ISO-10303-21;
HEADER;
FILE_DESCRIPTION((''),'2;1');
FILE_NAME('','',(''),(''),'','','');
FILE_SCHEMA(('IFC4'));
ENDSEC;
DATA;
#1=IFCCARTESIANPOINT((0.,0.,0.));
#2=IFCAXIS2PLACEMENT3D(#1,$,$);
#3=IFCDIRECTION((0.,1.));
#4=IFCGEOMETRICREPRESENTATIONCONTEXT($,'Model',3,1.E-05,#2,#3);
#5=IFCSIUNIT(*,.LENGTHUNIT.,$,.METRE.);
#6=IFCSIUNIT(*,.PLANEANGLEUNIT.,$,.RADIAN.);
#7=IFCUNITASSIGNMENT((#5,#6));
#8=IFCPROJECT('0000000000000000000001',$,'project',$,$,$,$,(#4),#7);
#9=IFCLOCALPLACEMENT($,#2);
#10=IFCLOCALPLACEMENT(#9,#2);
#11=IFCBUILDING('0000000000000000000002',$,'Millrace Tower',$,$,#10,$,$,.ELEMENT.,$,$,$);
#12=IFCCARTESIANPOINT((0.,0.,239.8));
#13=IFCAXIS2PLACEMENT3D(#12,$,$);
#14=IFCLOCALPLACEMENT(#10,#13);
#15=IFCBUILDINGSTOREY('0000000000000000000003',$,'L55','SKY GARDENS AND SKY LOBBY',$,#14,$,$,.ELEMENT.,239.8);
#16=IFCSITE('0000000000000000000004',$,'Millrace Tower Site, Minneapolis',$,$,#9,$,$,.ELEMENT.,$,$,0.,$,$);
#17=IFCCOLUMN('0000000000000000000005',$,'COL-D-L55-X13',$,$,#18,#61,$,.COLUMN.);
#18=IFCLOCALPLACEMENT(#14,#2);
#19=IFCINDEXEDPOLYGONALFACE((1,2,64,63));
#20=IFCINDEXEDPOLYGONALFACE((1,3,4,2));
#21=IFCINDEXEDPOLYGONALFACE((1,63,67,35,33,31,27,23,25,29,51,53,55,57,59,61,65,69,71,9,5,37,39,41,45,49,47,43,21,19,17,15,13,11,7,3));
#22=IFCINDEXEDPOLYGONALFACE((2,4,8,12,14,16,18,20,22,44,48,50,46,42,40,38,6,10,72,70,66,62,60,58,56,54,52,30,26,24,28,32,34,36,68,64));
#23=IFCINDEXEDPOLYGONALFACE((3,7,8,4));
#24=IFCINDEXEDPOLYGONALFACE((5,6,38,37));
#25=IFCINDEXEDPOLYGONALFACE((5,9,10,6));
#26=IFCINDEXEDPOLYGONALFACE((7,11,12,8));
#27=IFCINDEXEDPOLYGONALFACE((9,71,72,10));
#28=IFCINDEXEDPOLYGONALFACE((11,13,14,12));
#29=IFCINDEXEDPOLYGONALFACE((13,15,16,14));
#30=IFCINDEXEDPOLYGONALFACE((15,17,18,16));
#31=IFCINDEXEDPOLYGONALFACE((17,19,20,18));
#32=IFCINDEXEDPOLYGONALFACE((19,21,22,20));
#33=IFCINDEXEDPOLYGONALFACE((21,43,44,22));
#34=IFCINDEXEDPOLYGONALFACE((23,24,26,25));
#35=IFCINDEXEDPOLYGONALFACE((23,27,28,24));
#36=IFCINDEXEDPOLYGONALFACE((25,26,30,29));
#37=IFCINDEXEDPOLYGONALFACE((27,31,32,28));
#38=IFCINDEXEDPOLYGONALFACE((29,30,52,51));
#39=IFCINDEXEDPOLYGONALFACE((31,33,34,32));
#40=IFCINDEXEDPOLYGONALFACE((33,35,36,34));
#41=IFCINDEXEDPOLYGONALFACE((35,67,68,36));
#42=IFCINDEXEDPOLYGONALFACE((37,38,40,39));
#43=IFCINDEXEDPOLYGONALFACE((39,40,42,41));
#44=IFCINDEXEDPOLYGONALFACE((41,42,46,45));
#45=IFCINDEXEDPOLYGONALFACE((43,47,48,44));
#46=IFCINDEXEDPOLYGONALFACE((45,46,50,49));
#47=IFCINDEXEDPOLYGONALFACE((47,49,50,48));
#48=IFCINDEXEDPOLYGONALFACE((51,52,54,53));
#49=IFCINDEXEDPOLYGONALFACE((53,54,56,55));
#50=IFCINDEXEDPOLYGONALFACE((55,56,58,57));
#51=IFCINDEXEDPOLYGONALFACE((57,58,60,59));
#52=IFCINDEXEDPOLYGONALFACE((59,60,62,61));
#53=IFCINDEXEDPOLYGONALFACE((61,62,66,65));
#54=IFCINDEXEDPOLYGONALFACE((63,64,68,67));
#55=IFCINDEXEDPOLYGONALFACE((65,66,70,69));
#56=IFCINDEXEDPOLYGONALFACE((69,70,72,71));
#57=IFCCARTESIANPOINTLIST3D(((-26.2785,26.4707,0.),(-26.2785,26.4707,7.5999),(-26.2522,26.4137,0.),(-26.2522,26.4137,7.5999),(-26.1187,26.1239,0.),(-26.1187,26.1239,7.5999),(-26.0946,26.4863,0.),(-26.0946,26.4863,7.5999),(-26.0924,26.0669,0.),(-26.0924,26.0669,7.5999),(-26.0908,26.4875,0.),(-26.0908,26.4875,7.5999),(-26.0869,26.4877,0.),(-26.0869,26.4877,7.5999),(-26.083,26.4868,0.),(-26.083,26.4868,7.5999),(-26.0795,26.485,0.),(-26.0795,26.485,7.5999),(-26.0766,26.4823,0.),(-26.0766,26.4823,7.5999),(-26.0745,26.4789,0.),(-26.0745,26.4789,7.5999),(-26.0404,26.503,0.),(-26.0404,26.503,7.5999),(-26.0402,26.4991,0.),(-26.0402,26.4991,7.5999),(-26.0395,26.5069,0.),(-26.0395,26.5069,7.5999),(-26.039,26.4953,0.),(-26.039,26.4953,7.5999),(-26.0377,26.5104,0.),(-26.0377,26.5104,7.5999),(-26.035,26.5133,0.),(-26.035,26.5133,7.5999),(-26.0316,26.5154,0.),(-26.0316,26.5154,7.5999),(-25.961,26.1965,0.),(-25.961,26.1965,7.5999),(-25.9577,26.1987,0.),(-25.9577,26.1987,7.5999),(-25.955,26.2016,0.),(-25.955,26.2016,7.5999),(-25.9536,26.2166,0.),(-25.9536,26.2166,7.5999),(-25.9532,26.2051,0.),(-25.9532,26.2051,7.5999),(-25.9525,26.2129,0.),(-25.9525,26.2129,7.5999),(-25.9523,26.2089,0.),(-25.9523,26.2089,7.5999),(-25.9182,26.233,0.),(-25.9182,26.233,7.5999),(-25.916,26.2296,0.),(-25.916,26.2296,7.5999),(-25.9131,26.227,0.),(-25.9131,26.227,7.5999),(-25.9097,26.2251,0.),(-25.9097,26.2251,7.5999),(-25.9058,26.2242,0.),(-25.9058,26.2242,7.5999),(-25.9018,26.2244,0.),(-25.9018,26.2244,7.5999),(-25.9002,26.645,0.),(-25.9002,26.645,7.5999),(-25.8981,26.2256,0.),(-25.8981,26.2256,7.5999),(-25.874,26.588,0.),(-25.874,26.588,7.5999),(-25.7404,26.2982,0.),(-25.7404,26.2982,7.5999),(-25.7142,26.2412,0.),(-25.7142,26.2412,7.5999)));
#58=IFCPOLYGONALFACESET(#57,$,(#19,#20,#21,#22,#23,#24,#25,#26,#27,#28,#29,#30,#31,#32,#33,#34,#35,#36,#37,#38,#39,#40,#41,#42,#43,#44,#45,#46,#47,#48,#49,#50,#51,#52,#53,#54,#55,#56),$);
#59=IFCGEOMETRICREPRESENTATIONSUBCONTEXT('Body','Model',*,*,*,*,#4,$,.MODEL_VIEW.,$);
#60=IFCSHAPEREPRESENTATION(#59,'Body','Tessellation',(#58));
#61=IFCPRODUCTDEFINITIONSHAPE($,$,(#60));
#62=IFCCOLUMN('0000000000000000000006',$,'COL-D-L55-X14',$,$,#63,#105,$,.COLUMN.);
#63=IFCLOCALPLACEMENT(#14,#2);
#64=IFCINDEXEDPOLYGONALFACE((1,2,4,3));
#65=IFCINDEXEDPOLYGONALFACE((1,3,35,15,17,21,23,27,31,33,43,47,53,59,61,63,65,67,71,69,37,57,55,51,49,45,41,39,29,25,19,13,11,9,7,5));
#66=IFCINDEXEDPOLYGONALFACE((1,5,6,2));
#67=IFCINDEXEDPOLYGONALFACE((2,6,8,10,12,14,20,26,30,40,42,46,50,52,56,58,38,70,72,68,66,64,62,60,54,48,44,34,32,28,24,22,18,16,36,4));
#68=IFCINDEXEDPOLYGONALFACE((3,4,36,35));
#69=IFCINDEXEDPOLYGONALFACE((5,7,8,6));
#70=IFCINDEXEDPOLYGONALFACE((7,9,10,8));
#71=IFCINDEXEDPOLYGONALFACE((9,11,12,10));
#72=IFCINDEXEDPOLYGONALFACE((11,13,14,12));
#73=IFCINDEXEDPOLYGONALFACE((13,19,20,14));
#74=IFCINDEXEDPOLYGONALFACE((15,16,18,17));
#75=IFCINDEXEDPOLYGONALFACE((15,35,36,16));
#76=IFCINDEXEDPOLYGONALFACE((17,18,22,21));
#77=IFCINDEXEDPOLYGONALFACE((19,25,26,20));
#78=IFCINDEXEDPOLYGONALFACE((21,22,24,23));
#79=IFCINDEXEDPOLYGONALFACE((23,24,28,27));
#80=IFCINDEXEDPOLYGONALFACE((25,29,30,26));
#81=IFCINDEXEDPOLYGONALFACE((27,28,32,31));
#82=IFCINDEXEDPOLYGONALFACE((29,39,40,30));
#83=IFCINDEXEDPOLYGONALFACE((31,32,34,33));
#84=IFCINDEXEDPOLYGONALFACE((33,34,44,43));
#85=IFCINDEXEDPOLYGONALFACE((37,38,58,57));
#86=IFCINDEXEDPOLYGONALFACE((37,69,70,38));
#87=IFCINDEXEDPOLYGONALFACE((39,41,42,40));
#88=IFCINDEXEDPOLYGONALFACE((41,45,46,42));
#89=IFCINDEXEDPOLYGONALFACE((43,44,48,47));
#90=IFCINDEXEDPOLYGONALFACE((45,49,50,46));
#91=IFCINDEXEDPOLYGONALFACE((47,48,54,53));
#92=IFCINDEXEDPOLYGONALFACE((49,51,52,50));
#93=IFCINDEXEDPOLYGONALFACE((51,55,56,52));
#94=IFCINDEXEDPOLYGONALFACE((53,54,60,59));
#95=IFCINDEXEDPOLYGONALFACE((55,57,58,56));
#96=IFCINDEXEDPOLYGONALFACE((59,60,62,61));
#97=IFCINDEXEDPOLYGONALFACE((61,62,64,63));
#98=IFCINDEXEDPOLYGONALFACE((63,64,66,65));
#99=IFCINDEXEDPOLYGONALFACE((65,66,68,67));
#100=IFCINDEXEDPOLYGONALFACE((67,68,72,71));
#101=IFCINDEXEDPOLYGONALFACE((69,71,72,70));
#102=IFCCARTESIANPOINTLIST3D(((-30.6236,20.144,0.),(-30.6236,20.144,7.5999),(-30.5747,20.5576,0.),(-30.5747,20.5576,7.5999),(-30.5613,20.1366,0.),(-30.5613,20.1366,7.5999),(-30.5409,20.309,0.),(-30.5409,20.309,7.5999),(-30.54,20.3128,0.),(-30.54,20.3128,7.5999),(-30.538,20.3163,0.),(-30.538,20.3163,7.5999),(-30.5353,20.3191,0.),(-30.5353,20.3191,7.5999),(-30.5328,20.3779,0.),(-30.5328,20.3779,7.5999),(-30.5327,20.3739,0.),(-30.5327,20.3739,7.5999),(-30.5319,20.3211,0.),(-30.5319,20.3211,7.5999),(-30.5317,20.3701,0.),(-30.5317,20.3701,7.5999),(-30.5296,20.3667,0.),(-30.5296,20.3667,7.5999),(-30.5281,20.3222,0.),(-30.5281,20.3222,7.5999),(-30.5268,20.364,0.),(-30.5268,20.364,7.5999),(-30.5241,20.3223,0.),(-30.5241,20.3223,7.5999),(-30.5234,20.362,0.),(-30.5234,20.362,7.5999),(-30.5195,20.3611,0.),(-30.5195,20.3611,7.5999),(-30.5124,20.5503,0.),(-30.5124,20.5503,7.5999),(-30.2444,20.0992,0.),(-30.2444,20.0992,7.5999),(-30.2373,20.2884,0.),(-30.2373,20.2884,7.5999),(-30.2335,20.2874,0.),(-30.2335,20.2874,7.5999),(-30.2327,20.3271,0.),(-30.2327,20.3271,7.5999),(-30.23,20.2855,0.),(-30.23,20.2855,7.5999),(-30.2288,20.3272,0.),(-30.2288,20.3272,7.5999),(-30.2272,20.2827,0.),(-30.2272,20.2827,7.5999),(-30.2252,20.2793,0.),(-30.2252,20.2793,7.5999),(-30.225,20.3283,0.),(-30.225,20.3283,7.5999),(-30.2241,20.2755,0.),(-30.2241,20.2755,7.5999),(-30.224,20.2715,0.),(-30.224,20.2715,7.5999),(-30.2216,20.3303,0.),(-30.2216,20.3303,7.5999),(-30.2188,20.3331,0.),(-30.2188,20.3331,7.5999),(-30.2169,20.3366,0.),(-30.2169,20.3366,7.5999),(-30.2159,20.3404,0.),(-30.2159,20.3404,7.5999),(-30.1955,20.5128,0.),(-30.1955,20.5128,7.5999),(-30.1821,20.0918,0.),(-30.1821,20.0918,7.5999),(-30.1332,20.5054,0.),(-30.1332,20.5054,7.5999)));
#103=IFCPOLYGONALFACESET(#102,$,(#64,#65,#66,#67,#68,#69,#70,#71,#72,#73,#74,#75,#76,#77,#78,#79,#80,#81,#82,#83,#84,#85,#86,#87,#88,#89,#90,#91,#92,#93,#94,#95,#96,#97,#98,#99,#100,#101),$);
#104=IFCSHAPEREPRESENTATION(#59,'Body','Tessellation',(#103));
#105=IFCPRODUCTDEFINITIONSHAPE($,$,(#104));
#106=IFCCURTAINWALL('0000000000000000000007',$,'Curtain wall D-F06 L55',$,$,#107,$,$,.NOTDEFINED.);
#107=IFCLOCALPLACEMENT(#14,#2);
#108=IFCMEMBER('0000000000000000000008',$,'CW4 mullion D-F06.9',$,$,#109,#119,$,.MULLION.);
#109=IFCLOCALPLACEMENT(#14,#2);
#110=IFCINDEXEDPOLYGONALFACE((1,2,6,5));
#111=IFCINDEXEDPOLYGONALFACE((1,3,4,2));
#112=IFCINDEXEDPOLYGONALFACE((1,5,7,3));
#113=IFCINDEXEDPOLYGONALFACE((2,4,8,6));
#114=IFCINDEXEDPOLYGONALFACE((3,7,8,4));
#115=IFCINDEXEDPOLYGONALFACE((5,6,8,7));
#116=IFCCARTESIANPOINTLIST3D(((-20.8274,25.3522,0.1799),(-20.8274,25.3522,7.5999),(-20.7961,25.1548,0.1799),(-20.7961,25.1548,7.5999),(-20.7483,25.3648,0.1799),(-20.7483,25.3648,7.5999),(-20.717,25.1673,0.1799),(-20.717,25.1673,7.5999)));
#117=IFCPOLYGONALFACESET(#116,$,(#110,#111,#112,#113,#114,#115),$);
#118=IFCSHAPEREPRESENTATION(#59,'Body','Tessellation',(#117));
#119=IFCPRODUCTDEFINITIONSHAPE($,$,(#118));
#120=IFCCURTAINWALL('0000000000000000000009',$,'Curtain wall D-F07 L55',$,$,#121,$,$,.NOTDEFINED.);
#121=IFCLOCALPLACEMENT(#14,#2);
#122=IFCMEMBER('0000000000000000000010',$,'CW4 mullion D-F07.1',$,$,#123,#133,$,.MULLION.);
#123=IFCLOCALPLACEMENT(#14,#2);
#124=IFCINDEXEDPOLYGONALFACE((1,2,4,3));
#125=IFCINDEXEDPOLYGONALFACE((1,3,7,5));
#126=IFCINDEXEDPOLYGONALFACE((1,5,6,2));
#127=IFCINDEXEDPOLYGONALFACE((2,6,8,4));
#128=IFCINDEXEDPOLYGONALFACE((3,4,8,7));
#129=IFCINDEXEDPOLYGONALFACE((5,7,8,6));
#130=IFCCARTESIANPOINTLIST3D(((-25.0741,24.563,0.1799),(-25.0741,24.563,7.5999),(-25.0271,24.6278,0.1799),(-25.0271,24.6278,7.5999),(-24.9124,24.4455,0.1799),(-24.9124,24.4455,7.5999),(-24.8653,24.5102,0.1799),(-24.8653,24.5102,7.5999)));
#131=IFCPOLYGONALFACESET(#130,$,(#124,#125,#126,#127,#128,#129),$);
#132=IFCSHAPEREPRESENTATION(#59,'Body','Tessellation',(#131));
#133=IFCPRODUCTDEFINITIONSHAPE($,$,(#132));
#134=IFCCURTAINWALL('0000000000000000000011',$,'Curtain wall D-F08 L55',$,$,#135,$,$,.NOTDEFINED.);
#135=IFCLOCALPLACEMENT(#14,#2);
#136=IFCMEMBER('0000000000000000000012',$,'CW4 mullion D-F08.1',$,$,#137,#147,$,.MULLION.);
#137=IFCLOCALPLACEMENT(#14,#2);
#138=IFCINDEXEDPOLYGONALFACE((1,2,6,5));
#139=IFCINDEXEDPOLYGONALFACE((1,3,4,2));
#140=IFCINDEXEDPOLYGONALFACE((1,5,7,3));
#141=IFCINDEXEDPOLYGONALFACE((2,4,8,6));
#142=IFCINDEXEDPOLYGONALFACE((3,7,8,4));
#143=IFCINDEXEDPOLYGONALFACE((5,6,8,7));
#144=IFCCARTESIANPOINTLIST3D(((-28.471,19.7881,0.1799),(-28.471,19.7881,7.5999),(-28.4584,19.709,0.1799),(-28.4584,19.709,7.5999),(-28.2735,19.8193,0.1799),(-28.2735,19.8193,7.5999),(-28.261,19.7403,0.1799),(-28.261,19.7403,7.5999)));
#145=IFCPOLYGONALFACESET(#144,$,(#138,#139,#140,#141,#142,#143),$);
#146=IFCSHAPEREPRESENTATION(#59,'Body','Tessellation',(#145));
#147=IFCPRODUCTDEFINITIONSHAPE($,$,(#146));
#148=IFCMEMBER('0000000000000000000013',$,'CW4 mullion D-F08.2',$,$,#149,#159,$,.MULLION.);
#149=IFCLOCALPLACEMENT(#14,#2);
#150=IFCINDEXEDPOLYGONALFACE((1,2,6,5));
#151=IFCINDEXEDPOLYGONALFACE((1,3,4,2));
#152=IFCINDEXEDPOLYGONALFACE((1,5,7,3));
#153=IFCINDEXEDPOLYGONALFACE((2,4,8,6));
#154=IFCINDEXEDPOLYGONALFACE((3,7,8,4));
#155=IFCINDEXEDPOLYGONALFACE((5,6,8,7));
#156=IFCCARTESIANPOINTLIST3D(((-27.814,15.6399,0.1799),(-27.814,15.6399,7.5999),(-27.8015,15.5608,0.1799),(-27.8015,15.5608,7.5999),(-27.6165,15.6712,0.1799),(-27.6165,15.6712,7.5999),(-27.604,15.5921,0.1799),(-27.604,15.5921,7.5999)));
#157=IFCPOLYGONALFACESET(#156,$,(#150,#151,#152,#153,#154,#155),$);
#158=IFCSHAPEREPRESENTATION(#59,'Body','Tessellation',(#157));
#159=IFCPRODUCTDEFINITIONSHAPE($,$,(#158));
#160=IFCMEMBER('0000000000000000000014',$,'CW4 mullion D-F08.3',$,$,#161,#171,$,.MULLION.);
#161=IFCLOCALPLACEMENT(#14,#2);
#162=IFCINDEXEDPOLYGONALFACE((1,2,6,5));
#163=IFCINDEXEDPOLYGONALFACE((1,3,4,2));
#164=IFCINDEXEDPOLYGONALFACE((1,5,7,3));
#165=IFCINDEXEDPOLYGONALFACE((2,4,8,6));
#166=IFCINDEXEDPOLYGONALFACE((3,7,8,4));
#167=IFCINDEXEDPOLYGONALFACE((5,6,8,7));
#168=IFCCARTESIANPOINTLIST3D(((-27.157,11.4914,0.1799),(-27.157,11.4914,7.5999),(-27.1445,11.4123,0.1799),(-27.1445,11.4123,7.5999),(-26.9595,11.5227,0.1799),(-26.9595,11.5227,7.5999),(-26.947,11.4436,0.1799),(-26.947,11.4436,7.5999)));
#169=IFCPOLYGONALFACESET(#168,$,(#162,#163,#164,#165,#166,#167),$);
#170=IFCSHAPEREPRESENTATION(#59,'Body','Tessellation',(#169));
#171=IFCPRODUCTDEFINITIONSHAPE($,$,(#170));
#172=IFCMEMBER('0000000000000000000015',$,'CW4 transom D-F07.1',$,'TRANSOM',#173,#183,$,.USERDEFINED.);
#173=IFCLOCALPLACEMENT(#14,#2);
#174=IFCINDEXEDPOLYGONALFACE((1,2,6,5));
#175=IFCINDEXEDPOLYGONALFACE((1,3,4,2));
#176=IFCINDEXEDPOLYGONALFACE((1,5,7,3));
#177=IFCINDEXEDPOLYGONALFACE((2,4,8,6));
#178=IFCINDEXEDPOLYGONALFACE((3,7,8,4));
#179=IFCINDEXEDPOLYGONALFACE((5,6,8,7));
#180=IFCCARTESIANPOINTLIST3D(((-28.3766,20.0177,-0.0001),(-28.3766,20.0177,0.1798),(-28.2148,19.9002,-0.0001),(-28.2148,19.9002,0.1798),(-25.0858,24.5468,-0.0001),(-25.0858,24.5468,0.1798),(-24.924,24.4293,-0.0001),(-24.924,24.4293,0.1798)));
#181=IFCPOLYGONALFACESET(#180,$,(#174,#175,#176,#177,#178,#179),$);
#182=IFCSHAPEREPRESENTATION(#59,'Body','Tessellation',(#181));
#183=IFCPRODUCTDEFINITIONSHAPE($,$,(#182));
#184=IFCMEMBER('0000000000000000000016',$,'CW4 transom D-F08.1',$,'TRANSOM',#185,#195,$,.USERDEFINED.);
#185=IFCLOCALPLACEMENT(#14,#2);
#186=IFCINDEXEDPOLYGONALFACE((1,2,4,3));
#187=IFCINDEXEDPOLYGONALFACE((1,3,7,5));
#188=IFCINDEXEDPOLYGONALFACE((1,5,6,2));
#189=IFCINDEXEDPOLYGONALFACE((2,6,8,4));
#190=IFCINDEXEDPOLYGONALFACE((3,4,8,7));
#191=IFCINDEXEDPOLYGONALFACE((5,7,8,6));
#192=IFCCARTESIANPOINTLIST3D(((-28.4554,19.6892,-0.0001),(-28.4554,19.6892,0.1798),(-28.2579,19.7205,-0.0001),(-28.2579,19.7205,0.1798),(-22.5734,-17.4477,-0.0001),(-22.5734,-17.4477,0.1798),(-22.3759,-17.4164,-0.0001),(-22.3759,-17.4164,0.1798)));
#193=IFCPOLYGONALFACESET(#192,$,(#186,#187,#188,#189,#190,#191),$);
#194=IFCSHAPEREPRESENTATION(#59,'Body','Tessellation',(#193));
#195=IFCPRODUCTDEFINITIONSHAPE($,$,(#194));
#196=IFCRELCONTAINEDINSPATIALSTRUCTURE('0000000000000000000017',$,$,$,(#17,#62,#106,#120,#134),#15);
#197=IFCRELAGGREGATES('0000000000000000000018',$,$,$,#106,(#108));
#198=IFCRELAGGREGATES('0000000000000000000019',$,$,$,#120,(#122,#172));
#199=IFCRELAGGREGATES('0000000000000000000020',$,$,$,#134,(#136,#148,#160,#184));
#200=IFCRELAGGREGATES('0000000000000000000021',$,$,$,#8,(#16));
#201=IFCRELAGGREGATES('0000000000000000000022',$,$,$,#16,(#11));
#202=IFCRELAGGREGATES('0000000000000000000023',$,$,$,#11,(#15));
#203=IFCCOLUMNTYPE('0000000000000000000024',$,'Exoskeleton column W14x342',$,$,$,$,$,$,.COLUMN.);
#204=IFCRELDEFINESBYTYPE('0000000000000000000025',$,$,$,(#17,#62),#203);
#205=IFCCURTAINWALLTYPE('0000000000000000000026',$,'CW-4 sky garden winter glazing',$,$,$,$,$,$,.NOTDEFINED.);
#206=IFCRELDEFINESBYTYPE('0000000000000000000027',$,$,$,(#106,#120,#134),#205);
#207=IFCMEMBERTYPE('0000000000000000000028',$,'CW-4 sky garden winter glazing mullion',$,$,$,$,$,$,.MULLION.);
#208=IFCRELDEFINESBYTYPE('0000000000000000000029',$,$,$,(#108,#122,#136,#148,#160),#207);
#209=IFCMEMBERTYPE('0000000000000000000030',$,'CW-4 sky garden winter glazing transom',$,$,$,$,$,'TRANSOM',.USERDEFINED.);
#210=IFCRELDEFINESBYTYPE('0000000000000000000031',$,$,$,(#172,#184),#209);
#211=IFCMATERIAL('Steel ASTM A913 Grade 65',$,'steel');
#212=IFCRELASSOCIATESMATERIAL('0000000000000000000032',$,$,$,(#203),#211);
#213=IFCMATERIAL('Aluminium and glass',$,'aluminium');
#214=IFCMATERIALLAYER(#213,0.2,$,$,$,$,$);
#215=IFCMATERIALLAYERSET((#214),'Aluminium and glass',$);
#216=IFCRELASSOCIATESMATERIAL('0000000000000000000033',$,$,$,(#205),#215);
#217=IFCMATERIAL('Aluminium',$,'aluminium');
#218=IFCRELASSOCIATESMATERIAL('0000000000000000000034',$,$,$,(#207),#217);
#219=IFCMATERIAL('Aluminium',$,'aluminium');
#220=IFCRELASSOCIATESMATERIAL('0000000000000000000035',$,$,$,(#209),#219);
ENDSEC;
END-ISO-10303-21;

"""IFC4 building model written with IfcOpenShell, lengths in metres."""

from ifc_helpers import new_model, si_unit, direction, frame, origin, origin_2d, place, context, subcontext, project, spatial, rectangle, i_section, extrude, material, layer, layer_set, material_profile, profile_set, type_object, element, aggregate, save


model = new_model("IFC4")

# Units and contexts
model_context = context("Model", 3, precision=1e-05, world=origin(), true_north=direction((0.0, 1.0)))
body_context = subcontext(model_context, "Body", "Model", "MODEL_VIEW")
ifc_project = project(units=[si_unit("LENGTHUNIT", "METRE"), si_unit("PLANEANGLEUNIT", "RADIAN")], contexts=[model_context])

# Site, building, storey
site_placement = place(None, origin())
site = spatial("IfcSite", under=ifc_project, at=site_placement, Name="Millrace Tower Site, Minneapolis", CompositionType="ELEMENT", RefElevation=0.0)
building_placement = place(site_placement, origin())
building = spatial("IfcBuilding", under=site, at=building_placement, Name="Millrace Tower", CompositionType="ELEMENT")
storey_placement = place(building_placement, frame((0.0, 0.0, 239.8)))
storey = spatial("IfcBuildingStorey", under=building, at=storey_placement, Name="L55", Description="SKY GARDENS AND SKY LOBBY", CompositionType="ELEMENT", Elevation=239.8)

# Columns
ifc_material_1 = material(Name="Steel ASTM A913 Grade 65", Category="steel")
ifc_material_profile_1 = material_profile(ifc_material_1, i_section(OverallWidth=0.4165, OverallDepth=0.4446, WebThickness=0.0391, FlangeThickness=0.0627, FilletRadius=0.0151, at=origin_2d()))
ifc_profile_set_1 = profile_set([ifc_material_profile_1], Name="Steel ASTM A913 Grade 65")
column_type = type_object("IfcColumnType", Name="Exoskeleton column W14x342", PredefinedType="COLUMN", material=ifc_profile_set_1)
for number, where, z_axis, x_axis, name in (
    (1, (-25.9963, 26.356, 0.0), (0.0, 0.0, 1.0), (-0.908192, -0.418553, 0.0), "COL-D-L55-X13"),
    (2, (-30.3784, 20.3247, 0.0), (0.0, 0.0, 1.0), (-0.117421, -0.993082, 0.0), "COL-D-L55-X14"),
):
    element("IfcColumn", number, at=place(storey_placement, frame(where, z_axis=z_axis, x_axis=x_axis)), inside=storey, type_object=column_type, Name=name, PredefinedType="COLUMN", context=body_context, shape_type="SweptSolid", body=[
        extrude(i_section(OverallWidth=0.4165, OverallDepth=0.4446, WebThickness=0.0391, FlangeThickness=0.0627, FilletRadius=0.0151, at=origin_2d()), origin(), (0.0, 0.0, 1.0), 7.5999),
    ])

# Curtain walls, members
ifc_material_2 = material(Name="Aluminium and glass", Category="aluminium")
ifc_layer_1 = layer(ifc_material_2, 0.2)
ifc_layer_set_1 = layer_set([ifc_layer_1], Name="Aluminium and glass")
curtain_wall_type = type_object("IfcCurtainWallType", Name="CW-4 sky garden winter glazing", PredefinedType="NOTDEFINED", material=ifc_layer_set_1)
placement = place(storey_placement, origin())
curtain_wall_1 = element("IfcCurtainWall", 3, at=placement, inside=storey, type_object=curtain_wall_type, Name="Curtain wall D-F06 L55", PredefinedType="NOTDEFINED")
ifc_material_3 = material(Name="Aluminium", Category="aluminium")
ifc_material_profile_2 = material_profile(ifc_material_3, rectangle(XDim=0.0801, YDim=0.2, at=origin_2d()))
ifc_profile_set_2 = profile_set([ifc_material_profile_2], Name="Aluminium")
member_type_1 = type_object("IfcMemberType", Name="CW-4 sky garden winter glazing mullion", PredefinedType="MULLION", material=ifc_profile_set_2)
member_1_placement = place(storey_placement, frame((-20.7722, 25.2598, 0.1799), z_axis=(0.0, 0.0, 1.0), x_axis=(-0.987688, -0.156434, 0.0)))
member_1 = element("IfcMember", 4, at=member_1_placement, type_object=member_type_1, Name="CW4 mullion D-F06.9", PredefinedType="MULLION", context=body_context, shape_type="SweptSolid", body=[
    extrude(rectangle(XDim=0.0801, YDim=0.2, at=origin_2d()), origin(), (0.0, 0.0, 1.0), 7.4199),
])
aggregate(curtain_wall_1, [member_1])
curtain_wall_2 = element("IfcCurtainWall", 5, at=placement, inside=storey, type_object=curtain_wall_type, Name="Curtain wall D-F07 L55", PredefinedType="NOTDEFINED")
member_2_placement = place(storey_placement, frame((-24.9697, 24.5366, 0.1799), z_axis=(0.0, 0.0, 1.0), x_axis=(-0.587785, -0.809017, 0.0)))
member_2 = element("IfcMember", 6, at=member_2_placement, type_object=member_type_1, Name="CW4 mullion D-F07.1", PredefinedType="MULLION", context=body_context, shape_type="SweptSolid", body=[
    extrude(rectangle(XDim=0.0801, YDim=0.2, at=origin_2d()), origin(), (0.0, 0.0, 1.0), 7.4199),
])

# Curtain wall, members
curtain_wall_3 = element("IfcCurtainWall", 7, at=placement, inside=storey, type_object=curtain_wall_type, Name="Curtain wall D-F08 L55", PredefinedType="NOTDEFINED")
member_3_placement = place(storey_placement, frame((-28.366, 19.7642, 0.1799), z_axis=(0.0, 0.0, 1.0), x_axis=(0.156434, -0.987688, 0.0)))
member_3 = element("IfcMember", 8, at=member_3_placement, type_object=member_type_1, Name="CW4 mullion D-F08.1", PredefinedType="MULLION", context=body_context, shape_type="SweptSolid", body=[
    extrude(rectangle(XDim=0.0801, YDim=0.2, at=origin_2d()), origin(), (0.0, 0.0, 1.0), 7.4199),
])
member_4_placement = place(storey_placement, frame((-27.709, 15.616, 0.1799), z_axis=(0.0, 0.0, 1.0), x_axis=(0.156434, -0.987688, 0.0)))
member_4 = element("IfcMember", 9, at=member_4_placement, type_object=member_type_1, Name="CW4 mullion D-F08.2", PredefinedType="MULLION", context=body_context, shape_type="SweptSolid", body=[
    extrude(rectangle(XDim=0.0801, YDim=0.2, at=origin_2d()), origin(), (0.0, 0.0, 1.0), 7.4199),
])
member_5_placement = place(storey_placement, frame((-27.052, 11.4675, 0.1799), z_axis=(0.0, 0.0, 1.0), x_axis=(0.156434, -0.987688, 0.0)))
member_5 = element("IfcMember", 10, at=member_5_placement, type_object=member_type_1, Name="CW4 mullion D-F08.3", PredefinedType="MULLION", context=body_context, shape_type="SweptSolid", body=[
    extrude(rectangle(XDim=0.0801, YDim=0.2, at=origin_2d()), origin(), (0.0, 0.0, 1.0), 7.4199),
])

# Members
ifc_material_4 = material(Name="Aluminium", Category="aluminium")
ifc_material_profile_3 = material_profile(ifc_material_4, rectangle(XDim=0.2, YDim=0.1799, at=origin_2d()))
ifc_profile_set_3 = profile_set([ifc_material_profile_3], Name="Aluminium")
member_type_2 = type_object("IfcMemberType", Name="CW-4 sky garden winter glazing transom", ElementType="TRANSOM", PredefinedType="USERDEFINED", material=ifc_profile_set_3)
member_6_placement = place(storey_placement, frame((-25.0049, 24.488, 0.0898), z_axis=(-0.587811, -0.808998, 0.0), x_axis=(0.808998, -0.587811, 0.0)))
member_6 = element("IfcMember", 11, at=member_6_placement, type_object=member_type_2, Name="CW4 transom D-F07.1", ObjectType="TRANSOM", PredefinedType="USERDEFINED", context=body_context, shape_type="SweptSolid", body=[
    extrude(rectangle(XDim=0.2, YDim=0.1799, at=origin_2d()), origin(), (0.0, 0.0, 1.0), 5.5984),
])
aggregate(curtain_wall_2, [member_2, member_6])
member_7_placement = place(storey_placement, frame((-28.3567, 19.7048, 0.0898), z_axis=(0.156439, -0.987688, 0.0), x_axis=(0.987688, 0.156439, 0.0)))
member_7 = element("IfcMember", 12, at=member_7_placement, type_object=member_type_2, Name="CW4 transom D-F08.1", ObjectType="TRANSOM", PredefinedType="USERDEFINED", context=body_context, shape_type="SweptSolid", body=[
    extrude(rectangle(XDim=0.2, YDim=0.1799, at=origin_2d()), origin(), (0.0, 0.0, 1.0), 37.5999),
])
aggregate(curtain_wall_3, [member_3, member_4, member_5, member_7])

save(model, "model.ifc")
